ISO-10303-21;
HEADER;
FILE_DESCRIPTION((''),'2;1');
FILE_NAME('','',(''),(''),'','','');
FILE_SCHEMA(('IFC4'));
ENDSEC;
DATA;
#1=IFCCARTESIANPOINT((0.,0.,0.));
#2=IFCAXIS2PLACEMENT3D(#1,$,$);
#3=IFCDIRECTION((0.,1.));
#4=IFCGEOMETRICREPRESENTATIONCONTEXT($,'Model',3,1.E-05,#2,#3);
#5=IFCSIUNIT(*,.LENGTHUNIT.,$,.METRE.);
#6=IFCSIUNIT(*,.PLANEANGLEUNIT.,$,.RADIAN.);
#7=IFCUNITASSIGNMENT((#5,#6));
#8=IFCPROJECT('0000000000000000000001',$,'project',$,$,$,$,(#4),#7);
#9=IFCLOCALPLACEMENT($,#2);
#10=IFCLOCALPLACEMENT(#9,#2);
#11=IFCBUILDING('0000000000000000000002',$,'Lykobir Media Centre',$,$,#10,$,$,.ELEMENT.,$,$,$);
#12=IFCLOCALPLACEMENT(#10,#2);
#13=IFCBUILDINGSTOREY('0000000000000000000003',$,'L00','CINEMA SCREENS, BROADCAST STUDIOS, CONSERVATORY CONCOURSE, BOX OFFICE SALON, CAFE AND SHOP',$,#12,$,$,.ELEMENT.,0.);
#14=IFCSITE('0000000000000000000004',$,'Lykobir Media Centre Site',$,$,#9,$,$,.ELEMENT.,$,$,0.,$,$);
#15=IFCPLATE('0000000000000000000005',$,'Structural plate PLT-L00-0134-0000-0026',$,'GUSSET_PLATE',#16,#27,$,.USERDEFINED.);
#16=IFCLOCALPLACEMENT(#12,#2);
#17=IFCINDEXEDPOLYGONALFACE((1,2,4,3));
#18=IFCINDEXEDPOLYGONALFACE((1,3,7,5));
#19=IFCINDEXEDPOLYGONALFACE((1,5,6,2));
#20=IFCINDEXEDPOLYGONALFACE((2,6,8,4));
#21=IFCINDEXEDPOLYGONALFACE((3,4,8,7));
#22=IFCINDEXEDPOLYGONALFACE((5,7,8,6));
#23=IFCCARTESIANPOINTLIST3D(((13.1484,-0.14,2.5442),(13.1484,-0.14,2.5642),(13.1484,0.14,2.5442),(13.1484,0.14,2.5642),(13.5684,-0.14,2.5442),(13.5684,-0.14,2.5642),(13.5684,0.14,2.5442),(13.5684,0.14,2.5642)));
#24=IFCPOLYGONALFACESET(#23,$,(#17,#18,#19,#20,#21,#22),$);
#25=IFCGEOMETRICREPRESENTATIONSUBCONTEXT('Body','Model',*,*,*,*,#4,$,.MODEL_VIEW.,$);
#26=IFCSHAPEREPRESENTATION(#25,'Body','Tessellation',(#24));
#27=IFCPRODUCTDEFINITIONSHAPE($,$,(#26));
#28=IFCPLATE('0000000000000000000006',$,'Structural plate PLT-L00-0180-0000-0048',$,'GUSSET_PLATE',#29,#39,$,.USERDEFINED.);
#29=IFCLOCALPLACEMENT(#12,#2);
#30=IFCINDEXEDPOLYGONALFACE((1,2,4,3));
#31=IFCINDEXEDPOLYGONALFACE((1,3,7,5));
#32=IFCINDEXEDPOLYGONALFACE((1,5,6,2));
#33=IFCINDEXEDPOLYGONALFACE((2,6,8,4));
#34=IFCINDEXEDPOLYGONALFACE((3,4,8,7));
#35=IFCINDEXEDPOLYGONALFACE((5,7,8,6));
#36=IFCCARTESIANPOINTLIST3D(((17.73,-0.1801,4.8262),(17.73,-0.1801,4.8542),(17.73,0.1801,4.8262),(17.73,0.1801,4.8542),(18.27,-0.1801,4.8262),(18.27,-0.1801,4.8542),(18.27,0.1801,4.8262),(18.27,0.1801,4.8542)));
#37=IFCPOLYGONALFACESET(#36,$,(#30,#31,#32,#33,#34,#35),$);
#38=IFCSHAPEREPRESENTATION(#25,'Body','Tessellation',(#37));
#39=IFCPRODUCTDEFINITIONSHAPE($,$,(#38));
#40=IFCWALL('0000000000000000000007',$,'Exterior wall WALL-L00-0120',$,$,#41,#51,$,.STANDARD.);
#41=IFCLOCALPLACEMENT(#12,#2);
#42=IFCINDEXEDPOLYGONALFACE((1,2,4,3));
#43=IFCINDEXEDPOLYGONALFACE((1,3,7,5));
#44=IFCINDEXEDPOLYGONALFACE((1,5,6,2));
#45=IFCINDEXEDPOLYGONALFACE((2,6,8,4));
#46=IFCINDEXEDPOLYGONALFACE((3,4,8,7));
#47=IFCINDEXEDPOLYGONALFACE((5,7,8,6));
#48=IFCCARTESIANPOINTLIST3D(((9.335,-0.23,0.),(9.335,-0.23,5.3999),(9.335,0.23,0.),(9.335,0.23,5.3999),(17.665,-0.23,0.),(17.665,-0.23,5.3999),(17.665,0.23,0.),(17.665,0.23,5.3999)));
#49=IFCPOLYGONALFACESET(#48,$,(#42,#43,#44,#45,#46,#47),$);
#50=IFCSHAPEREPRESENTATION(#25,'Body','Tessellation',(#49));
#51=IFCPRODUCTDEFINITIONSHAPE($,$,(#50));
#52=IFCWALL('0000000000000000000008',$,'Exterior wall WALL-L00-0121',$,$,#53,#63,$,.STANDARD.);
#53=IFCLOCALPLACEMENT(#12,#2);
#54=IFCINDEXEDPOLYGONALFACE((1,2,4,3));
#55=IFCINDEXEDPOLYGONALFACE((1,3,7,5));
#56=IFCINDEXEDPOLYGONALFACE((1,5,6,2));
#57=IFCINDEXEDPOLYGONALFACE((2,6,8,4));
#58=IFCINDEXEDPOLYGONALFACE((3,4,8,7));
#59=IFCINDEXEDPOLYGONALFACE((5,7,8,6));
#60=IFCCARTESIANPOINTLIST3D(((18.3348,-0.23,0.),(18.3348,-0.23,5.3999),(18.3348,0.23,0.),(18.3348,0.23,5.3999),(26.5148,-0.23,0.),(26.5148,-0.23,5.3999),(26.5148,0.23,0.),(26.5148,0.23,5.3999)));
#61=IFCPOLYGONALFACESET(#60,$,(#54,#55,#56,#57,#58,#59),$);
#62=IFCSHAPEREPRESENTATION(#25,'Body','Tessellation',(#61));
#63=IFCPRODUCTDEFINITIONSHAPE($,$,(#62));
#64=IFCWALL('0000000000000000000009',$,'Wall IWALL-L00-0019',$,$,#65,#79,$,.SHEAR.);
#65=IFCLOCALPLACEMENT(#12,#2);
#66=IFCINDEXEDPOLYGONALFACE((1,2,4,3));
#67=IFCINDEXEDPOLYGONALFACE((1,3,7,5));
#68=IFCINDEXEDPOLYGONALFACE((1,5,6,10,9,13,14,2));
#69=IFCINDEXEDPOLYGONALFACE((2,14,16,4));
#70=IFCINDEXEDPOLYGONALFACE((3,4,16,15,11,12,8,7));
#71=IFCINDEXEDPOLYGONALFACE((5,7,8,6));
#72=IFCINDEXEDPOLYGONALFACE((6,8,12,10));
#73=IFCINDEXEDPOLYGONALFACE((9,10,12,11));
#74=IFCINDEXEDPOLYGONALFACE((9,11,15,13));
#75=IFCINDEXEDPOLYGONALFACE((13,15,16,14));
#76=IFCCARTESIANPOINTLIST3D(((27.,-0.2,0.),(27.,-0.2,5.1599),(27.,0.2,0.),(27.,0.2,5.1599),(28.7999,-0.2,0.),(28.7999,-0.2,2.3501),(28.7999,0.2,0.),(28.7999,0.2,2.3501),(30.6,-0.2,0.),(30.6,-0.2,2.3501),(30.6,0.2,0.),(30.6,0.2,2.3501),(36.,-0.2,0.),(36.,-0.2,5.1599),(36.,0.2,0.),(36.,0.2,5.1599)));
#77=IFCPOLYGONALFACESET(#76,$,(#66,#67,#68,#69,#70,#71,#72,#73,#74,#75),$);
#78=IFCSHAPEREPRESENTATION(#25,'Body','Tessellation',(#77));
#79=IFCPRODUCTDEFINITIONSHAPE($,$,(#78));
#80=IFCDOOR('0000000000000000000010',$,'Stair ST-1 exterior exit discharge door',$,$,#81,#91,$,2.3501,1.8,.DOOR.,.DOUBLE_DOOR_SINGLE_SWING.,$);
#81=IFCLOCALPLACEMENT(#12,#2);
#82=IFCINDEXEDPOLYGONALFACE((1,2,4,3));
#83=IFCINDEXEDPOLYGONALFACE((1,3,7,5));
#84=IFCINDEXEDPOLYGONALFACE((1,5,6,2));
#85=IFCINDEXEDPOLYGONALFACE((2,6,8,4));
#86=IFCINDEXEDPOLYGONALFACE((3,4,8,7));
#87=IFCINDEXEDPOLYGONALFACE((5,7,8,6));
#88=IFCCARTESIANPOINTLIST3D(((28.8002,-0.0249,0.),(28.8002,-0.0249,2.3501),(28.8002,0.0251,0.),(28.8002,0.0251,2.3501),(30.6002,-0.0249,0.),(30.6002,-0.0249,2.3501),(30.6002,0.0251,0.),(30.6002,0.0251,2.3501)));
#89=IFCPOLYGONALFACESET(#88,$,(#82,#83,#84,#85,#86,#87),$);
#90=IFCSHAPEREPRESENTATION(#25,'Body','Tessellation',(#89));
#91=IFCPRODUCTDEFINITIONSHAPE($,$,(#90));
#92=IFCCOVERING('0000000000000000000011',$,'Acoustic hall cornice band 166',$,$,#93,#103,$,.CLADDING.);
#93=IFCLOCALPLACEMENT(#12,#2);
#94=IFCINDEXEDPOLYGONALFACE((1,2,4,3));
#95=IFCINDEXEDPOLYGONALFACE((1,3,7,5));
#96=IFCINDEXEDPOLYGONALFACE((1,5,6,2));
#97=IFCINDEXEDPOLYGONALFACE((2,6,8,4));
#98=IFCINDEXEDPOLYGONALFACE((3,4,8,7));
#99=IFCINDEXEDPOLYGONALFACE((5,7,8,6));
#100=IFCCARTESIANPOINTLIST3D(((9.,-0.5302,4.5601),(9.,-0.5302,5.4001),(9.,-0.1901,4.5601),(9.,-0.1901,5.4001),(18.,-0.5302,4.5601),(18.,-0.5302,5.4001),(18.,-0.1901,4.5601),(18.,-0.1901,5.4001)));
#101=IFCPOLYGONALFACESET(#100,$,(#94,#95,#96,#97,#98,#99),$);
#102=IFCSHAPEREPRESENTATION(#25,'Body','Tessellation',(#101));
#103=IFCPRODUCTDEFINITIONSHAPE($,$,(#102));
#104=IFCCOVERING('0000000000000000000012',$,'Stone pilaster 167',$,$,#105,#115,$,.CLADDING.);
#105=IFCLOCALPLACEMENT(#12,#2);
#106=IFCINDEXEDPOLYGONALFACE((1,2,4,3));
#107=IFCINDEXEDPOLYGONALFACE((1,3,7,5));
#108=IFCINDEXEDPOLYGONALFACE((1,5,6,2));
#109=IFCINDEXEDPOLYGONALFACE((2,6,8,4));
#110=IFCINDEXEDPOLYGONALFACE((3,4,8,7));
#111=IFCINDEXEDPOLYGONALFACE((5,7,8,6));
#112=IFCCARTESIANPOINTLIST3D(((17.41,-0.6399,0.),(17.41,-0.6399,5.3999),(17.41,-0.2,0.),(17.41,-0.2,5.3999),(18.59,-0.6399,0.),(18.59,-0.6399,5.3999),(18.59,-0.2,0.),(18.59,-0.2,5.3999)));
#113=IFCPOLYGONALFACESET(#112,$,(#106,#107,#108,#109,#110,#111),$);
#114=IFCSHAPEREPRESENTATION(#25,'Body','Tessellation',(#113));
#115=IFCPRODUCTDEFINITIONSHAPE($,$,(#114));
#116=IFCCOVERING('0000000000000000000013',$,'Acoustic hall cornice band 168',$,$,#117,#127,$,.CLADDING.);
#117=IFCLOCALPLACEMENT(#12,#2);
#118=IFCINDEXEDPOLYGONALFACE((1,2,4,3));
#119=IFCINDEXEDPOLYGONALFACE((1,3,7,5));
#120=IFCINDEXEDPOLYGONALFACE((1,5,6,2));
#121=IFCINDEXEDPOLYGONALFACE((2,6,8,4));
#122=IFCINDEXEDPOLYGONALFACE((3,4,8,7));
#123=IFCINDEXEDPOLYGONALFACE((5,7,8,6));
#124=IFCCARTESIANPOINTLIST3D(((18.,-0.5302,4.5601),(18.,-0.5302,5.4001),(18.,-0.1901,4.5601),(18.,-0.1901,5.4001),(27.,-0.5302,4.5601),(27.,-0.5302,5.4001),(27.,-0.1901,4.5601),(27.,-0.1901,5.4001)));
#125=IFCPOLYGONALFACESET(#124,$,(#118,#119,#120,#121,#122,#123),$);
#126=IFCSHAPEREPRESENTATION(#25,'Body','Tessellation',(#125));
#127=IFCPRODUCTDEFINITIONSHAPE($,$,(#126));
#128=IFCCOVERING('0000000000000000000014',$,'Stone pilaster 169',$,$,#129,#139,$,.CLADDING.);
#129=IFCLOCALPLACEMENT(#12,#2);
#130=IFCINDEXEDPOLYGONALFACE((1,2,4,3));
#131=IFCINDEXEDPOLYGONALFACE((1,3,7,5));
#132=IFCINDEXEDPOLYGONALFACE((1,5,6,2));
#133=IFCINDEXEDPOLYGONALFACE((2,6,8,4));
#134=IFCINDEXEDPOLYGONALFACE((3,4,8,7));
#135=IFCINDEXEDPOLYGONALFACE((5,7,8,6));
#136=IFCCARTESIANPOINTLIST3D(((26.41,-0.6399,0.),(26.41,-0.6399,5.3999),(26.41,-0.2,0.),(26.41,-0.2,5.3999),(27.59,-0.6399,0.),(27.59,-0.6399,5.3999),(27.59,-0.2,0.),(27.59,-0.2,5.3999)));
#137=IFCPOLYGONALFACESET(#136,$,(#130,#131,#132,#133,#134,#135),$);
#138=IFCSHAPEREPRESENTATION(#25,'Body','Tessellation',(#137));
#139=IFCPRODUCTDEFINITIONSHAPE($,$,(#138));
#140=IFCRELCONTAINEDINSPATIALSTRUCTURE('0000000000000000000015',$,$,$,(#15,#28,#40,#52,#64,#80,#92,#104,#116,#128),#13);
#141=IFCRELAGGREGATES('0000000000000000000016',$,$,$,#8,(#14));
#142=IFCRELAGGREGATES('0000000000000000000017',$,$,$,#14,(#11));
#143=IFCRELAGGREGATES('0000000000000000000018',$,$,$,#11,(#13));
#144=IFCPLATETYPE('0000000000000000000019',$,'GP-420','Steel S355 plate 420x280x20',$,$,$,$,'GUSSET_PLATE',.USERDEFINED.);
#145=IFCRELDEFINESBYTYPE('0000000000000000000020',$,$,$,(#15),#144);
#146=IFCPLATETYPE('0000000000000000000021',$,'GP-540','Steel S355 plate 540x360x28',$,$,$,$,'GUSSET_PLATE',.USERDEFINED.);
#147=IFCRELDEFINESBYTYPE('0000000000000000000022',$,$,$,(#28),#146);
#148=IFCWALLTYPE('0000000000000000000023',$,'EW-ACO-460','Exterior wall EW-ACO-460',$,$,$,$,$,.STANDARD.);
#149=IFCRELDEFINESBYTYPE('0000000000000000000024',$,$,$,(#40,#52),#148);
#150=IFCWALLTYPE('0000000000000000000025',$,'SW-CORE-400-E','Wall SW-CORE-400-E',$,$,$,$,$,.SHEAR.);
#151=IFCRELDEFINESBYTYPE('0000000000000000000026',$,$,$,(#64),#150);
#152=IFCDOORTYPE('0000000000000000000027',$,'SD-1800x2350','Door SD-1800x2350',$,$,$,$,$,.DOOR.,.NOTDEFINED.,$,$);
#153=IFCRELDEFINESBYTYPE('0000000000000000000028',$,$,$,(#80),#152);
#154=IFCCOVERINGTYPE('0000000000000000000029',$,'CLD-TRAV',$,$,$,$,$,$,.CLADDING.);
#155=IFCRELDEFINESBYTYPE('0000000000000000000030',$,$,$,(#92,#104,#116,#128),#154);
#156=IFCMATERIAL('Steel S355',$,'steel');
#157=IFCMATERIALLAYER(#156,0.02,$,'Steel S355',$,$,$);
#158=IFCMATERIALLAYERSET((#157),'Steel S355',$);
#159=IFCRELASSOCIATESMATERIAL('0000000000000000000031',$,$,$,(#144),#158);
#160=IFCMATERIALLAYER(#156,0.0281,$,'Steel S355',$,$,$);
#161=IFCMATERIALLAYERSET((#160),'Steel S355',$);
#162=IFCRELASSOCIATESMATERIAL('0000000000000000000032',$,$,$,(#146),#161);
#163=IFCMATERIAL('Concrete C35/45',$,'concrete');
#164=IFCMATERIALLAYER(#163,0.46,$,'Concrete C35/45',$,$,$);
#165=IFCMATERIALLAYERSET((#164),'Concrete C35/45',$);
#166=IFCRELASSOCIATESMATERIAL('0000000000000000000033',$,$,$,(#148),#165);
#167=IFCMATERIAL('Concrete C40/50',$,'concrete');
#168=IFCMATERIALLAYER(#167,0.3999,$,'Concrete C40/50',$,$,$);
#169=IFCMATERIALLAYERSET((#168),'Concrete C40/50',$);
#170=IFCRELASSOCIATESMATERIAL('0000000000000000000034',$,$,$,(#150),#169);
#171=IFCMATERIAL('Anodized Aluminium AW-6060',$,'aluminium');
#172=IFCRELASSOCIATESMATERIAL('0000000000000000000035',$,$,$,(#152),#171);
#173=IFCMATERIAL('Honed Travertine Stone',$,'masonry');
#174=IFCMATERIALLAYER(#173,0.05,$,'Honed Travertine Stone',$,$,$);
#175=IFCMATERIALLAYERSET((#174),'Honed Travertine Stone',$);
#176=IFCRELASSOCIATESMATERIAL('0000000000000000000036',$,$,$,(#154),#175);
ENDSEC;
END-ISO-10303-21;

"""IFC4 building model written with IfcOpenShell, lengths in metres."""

from ifc_helpers import new_model, si_unit, direction, frame, frame_2d, origin, origin_2d, place, context, subcontext, project, spatial, rectangle, extrude, material, layer, layer_set, type_object, element, fill, save


model = new_model("IFC4")

# Units and contexts
model_context = context("Model", 3, precision=1e-05, world=origin(), true_north=direction((0.0, 1.0)))
body_context = subcontext(model_context, "Body", "Model", "MODEL_VIEW")
ifc_project = project(units=[si_unit("LENGTHUNIT", "METRE"), si_unit("PLANEANGLEUNIT", "RADIAN")], contexts=[model_context])

# Site, building, storey
site_placement = place(None, origin())
site = spatial("IfcSite", under=ifc_project, at=site_placement, Name="Lykobir Media Centre Site", CompositionType="ELEMENT", RefElevation=0.0)
building_placement = place(site_placement, origin())
building = spatial("IfcBuilding", under=site, at=building_placement, Name="Lykobir Media Centre", CompositionType="ELEMENT")
storey_placement = place(building_placement, origin())
storey = spatial("IfcBuildingStorey", under=building, at=storey_placement, Name="L00", Description="CINEMA SCREENS, BROADCAST STUDIOS, CONSERVATORY CONCOURSE, BOX OFFICE SALON, CAFE AND SHOP", CompositionType="ELEMENT", Elevation=0.0)

# Shared definitions
ifc_material_1 = material(Name="Honed Travertine Stone", Category="masonry")
ifc_material_2 = material(Name="Concrete C40/50", Category="concrete")

# Shared definitions
ifc_material_3 = material(Name="Steel S355", Category="steel")

# Plates
ifc_layer_1 = layer(ifc_material_3, 0.02, Name="Steel S355")
ifc_layer_set_1 = layer_set([ifc_layer_1], Name="Steel S355")
plate_type_1 = type_object("IfcPlateType", Name="GP-420", Description="Steel S355 plate 420x280x20", ElementType="GUSSET_PLATE", PredefinedType="USERDEFINED", material=ifc_layer_set_1)
for number, where, z_axis, x_axis, name in (
    (1, (13.3584, 0.0, 2.5442), (0.0, 0.0, 1.0), (1.0, 0.0, 0.0), "Structural plate PLT-L00-0134-0000-0026"),
):
    element("IfcPlate", number, at=place(storey_placement, frame(where, z_axis=z_axis, x_axis=x_axis)), inside=storey, type_object=plate_type_1, Name=name, ObjectType="GUSSET_PLATE", PredefinedType="USERDEFINED", context=body_context, shape_type="SweptSolid", body=[
        extrude(rectangle(XDim=0.4199, YDim=0.28, at=origin_2d()), origin(), (0.0, 0.0, 1.0), 0.02),
    ])
ifc_layer_2 = layer(ifc_material_3, 0.0281, Name="Steel S355")
ifc_layer_set_2 = layer_set([ifc_layer_2], Name="Steel S355")
plate_type_2 = type_object("IfcPlateType", Name="GP-540", Description="Steel S355 plate 540x360x28", ElementType="GUSSET_PLATE", PredefinedType="USERDEFINED", material=ifc_layer_set_2)
plate_1_placement = place(storey_placement, frame((18.0, 0.0, 4.8262), z_axis=(0.0, 0.0, 1.0), x_axis=(1.0, 0.0, 0.0)))
element("IfcPlate", 2, at=plate_1_placement, inside=storey, type_object=plate_type_2, Name="Structural plate PLT-L00-0180-0000-0048", ObjectType="GUSSET_PLATE", PredefinedType="USERDEFINED", context=body_context, shape_type="SweptSolid", body=[
    extrude(rectangle(XDim=0.54, YDim=0.3601, at=origin_2d()), origin(), (0.0, 0.0, 1.0), 0.0281),
])

# Walls
ifc_material_4 = material(Name="Concrete C35/45", Category="concrete")
ifc_layer_3 = layer(ifc_material_4, 0.46, Name="Concrete C35/45")
ifc_layer_set_3 = layer_set([ifc_layer_3], Name="Concrete C35/45")
wall_type_1 = type_object("IfcWallType", Name="EW-ACO-460", Description="Exterior wall EW-ACO-460", PredefinedType="STANDARD", material=ifc_layer_set_3)
wall_1_placement = place(storey_placement, frame((9.335, 0.0, 0.0), z_axis=(0.0, 0.0, 1.0), x_axis=(1.0, 0.0, 0.0)))
element("IfcWall", 3, at=wall_1_placement, inside=storey, type_object=wall_type_1, Name="Exterior wall WALL-L00-0120", PredefinedType="STANDARD", context=body_context, shape_type="SweptSolid", body=[
    extrude(rectangle(XDim=8.3301, YDim=0.46, at=frame_2d((4.165, 0.0))), origin(), (0.0, 0.0, 1.0), 5.3999),
])
wall_2_placement = place(storey_placement, frame((18.335, 0.0, 0.0), z_axis=(0.0, 0.0, 1.0), x_axis=(1.0, 0.0, 0.0)))
element("IfcWall", 4, at=wall_2_placement, inside=storey, type_object=wall_type_1, Name="Exterior wall WALL-L00-0121", PredefinedType="STANDARD", context=body_context, shape_type="SweptSolid", body=[
    extrude(rectangle(XDim=8.1799, YDim=0.46, at=frame_2d((4.0898, 0.0))), origin(), (0.0, 0.0, 1.0), 5.3999),
])

# Wall, opening, door
ifc_layer_4 = layer(ifc_material_2, 0.3999, Name="Concrete C40/50")
ifc_layer_set_4 = layer_set([ifc_layer_4], Name="Concrete C40/50")
wall_type_2 = type_object("IfcWallType", Name="SW-CORE-400-E", Description="Wall SW-CORE-400-E", PredefinedType="SHEAR", material=ifc_layer_set_4)
wall_3_placement = place(storey_placement, frame((27.0, 0.0, 0.0), z_axis=(0.0, 0.0, 1.0), x_axis=(1.0, 0.0, 0.0)))
wall_3 = element("IfcWall", 5, at=wall_3_placement, inside=storey, type_object=wall_type_2, Name="Wall IWALL-L00-0019", PredefinedType="SHEAR", context=body_context, shape_type="SweptSolid", body=[
    extrude(rectangle(XDim=9.0, YDim=0.3999, at=frame_2d((4.5, 0.0))), origin(), (0.0, 0.0, 1.0), 5.1599),
])
opening_placement = place(wall_3_placement, frame((1.8, 0.0, 0.0)))
opening = element("IfcOpeningElement", 6, at=opening_placement, cuts=wall_3, PredefinedType="OPENING", context=body_context, shape_type="SweptSolid", body=[
    extrude(rectangle(XDim=1.8, YDim=2.3501, at=frame_2d((0.8999, 1.175))), frame((0.0, 0.21, 0.0), z_axis=(0.0, -1.0, 0.0), x_axis=(1.0, 0.0, 0.0)), (0.0, 0.0, 1.0), 0.4199),
])
ifc_material_5 = material(Name="Anodized Aluminium AW-6060", Category="aluminium")
door_type = type_object("IfcDoorType", Name="SD-1800x2350", Description="Door SD-1800x2350", OperationType="NOTDEFINED", PredefinedType="DOOR", material=ifc_material_5)
door_placement = place(opening_placement, frame((1.8, 0.0, 0.0), z_axis=(0.0, 0.0, 1.0), x_axis=(-1.0, 0.0, 0.0)))
door = element("IfcDoor", 7, at=door_placement, inside=storey, type_object=door_type, Name="Stair ST-1 exterior exit discharge door", OperationType="DOUBLE_DOOR_SINGLE_SWING", OverallHeight=2.3501, OverallWidth=1.8, PredefinedType="DOOR", context=body_context, shape_type="SweptSolid", body=[
    extrude(rectangle(XDim=1.8, YDim=2.3501, at=frame_2d((0.8999, 1.175))), frame((0.0, 0.0249, 0.0), z_axis=(0.0, -1.0, 0.0), x_axis=(1.0, 0.0, 0.0)), (0.0, 0.0, 1.0), 0.05),
])
fill(opening, door)

# Coverings
ifc_layer_5 = layer(ifc_material_1, 0.05, Name="Honed Travertine Stone")
ifc_layer_set_5 = layer_set([ifc_layer_5], Name="Honed Travertine Stone")
covering_type = type_object("IfcCoveringType", Name="CLD-TRAV", PredefinedType="CLADDING", material=ifc_layer_set_5)
covering_1_placement = place(storey_placement, frame((13.5, -0.3601, 4.5601), z_axis=(0.0, 0.0, 1.0), x_axis=(1.0, 0.0, 0.0)))
element("IfcCovering", 8, at=covering_1_placement, inside=storey, type_object=covering_type, Name="Acoustic hall cornice band 166", PredefinedType="CLADDING", context=body_context, shape_type="SweptSolid", body=[
    extrude(rectangle(XDim=9.0, YDim=0.3401, at=origin_2d()), origin(), (0.0, 0.0, 1.0), 0.8401),
])
covering_2_placement = place(storey_placement, frame((18.0, -0.4199, 0.0), z_axis=(0.0, 0.0, 1.0), x_axis=(1.0, 0.0, 0.0)))
element("IfcCovering", 9, at=covering_2_placement, inside=storey, type_object=covering_type, Name="Stone pilaster 167", PredefinedType="CLADDING", context=body_context, shape_type="SweptSolid", body=[
    extrude(rectangle(XDim=1.1799, YDim=0.4399, at=origin_2d()), origin(), (0.0, 0.0, 1.0), 5.3999),
])
covering_3_placement = place(storey_placement, frame((22.5, -0.3601, 4.5601), z_axis=(0.0, 0.0, 1.0), x_axis=(1.0, 0.0, 0.0)))
element("IfcCovering", 10, at=covering_3_placement, inside=storey, type_object=covering_type, Name="Acoustic hall cornice band 168", PredefinedType="CLADDING", context=body_context, shape_type="SweptSolid", body=[
    extrude(rectangle(XDim=9.0, YDim=0.3401, at=origin_2d()), origin(), (0.0, 0.0, 1.0), 0.8401),
])
covering_4_placement = place(storey_placement, frame((27.0, -0.4199, 0.0), z_axis=(0.0, 0.0, 1.0), x_axis=(1.0, 0.0, 0.0)))
element("IfcCovering", 11, at=covering_4_placement, inside=storey, type_object=covering_type, Name="Stone pilaster 169", PredefinedType="CLADDING", context=body_context, shape_type="SweptSolid", body=[
    extrude(rectangle(XDim=1.1799, YDim=0.4399, at=origin_2d()), origin(), (0.0, 0.0, 1.0), 5.3999),
])

save(model, "model.ifc")
